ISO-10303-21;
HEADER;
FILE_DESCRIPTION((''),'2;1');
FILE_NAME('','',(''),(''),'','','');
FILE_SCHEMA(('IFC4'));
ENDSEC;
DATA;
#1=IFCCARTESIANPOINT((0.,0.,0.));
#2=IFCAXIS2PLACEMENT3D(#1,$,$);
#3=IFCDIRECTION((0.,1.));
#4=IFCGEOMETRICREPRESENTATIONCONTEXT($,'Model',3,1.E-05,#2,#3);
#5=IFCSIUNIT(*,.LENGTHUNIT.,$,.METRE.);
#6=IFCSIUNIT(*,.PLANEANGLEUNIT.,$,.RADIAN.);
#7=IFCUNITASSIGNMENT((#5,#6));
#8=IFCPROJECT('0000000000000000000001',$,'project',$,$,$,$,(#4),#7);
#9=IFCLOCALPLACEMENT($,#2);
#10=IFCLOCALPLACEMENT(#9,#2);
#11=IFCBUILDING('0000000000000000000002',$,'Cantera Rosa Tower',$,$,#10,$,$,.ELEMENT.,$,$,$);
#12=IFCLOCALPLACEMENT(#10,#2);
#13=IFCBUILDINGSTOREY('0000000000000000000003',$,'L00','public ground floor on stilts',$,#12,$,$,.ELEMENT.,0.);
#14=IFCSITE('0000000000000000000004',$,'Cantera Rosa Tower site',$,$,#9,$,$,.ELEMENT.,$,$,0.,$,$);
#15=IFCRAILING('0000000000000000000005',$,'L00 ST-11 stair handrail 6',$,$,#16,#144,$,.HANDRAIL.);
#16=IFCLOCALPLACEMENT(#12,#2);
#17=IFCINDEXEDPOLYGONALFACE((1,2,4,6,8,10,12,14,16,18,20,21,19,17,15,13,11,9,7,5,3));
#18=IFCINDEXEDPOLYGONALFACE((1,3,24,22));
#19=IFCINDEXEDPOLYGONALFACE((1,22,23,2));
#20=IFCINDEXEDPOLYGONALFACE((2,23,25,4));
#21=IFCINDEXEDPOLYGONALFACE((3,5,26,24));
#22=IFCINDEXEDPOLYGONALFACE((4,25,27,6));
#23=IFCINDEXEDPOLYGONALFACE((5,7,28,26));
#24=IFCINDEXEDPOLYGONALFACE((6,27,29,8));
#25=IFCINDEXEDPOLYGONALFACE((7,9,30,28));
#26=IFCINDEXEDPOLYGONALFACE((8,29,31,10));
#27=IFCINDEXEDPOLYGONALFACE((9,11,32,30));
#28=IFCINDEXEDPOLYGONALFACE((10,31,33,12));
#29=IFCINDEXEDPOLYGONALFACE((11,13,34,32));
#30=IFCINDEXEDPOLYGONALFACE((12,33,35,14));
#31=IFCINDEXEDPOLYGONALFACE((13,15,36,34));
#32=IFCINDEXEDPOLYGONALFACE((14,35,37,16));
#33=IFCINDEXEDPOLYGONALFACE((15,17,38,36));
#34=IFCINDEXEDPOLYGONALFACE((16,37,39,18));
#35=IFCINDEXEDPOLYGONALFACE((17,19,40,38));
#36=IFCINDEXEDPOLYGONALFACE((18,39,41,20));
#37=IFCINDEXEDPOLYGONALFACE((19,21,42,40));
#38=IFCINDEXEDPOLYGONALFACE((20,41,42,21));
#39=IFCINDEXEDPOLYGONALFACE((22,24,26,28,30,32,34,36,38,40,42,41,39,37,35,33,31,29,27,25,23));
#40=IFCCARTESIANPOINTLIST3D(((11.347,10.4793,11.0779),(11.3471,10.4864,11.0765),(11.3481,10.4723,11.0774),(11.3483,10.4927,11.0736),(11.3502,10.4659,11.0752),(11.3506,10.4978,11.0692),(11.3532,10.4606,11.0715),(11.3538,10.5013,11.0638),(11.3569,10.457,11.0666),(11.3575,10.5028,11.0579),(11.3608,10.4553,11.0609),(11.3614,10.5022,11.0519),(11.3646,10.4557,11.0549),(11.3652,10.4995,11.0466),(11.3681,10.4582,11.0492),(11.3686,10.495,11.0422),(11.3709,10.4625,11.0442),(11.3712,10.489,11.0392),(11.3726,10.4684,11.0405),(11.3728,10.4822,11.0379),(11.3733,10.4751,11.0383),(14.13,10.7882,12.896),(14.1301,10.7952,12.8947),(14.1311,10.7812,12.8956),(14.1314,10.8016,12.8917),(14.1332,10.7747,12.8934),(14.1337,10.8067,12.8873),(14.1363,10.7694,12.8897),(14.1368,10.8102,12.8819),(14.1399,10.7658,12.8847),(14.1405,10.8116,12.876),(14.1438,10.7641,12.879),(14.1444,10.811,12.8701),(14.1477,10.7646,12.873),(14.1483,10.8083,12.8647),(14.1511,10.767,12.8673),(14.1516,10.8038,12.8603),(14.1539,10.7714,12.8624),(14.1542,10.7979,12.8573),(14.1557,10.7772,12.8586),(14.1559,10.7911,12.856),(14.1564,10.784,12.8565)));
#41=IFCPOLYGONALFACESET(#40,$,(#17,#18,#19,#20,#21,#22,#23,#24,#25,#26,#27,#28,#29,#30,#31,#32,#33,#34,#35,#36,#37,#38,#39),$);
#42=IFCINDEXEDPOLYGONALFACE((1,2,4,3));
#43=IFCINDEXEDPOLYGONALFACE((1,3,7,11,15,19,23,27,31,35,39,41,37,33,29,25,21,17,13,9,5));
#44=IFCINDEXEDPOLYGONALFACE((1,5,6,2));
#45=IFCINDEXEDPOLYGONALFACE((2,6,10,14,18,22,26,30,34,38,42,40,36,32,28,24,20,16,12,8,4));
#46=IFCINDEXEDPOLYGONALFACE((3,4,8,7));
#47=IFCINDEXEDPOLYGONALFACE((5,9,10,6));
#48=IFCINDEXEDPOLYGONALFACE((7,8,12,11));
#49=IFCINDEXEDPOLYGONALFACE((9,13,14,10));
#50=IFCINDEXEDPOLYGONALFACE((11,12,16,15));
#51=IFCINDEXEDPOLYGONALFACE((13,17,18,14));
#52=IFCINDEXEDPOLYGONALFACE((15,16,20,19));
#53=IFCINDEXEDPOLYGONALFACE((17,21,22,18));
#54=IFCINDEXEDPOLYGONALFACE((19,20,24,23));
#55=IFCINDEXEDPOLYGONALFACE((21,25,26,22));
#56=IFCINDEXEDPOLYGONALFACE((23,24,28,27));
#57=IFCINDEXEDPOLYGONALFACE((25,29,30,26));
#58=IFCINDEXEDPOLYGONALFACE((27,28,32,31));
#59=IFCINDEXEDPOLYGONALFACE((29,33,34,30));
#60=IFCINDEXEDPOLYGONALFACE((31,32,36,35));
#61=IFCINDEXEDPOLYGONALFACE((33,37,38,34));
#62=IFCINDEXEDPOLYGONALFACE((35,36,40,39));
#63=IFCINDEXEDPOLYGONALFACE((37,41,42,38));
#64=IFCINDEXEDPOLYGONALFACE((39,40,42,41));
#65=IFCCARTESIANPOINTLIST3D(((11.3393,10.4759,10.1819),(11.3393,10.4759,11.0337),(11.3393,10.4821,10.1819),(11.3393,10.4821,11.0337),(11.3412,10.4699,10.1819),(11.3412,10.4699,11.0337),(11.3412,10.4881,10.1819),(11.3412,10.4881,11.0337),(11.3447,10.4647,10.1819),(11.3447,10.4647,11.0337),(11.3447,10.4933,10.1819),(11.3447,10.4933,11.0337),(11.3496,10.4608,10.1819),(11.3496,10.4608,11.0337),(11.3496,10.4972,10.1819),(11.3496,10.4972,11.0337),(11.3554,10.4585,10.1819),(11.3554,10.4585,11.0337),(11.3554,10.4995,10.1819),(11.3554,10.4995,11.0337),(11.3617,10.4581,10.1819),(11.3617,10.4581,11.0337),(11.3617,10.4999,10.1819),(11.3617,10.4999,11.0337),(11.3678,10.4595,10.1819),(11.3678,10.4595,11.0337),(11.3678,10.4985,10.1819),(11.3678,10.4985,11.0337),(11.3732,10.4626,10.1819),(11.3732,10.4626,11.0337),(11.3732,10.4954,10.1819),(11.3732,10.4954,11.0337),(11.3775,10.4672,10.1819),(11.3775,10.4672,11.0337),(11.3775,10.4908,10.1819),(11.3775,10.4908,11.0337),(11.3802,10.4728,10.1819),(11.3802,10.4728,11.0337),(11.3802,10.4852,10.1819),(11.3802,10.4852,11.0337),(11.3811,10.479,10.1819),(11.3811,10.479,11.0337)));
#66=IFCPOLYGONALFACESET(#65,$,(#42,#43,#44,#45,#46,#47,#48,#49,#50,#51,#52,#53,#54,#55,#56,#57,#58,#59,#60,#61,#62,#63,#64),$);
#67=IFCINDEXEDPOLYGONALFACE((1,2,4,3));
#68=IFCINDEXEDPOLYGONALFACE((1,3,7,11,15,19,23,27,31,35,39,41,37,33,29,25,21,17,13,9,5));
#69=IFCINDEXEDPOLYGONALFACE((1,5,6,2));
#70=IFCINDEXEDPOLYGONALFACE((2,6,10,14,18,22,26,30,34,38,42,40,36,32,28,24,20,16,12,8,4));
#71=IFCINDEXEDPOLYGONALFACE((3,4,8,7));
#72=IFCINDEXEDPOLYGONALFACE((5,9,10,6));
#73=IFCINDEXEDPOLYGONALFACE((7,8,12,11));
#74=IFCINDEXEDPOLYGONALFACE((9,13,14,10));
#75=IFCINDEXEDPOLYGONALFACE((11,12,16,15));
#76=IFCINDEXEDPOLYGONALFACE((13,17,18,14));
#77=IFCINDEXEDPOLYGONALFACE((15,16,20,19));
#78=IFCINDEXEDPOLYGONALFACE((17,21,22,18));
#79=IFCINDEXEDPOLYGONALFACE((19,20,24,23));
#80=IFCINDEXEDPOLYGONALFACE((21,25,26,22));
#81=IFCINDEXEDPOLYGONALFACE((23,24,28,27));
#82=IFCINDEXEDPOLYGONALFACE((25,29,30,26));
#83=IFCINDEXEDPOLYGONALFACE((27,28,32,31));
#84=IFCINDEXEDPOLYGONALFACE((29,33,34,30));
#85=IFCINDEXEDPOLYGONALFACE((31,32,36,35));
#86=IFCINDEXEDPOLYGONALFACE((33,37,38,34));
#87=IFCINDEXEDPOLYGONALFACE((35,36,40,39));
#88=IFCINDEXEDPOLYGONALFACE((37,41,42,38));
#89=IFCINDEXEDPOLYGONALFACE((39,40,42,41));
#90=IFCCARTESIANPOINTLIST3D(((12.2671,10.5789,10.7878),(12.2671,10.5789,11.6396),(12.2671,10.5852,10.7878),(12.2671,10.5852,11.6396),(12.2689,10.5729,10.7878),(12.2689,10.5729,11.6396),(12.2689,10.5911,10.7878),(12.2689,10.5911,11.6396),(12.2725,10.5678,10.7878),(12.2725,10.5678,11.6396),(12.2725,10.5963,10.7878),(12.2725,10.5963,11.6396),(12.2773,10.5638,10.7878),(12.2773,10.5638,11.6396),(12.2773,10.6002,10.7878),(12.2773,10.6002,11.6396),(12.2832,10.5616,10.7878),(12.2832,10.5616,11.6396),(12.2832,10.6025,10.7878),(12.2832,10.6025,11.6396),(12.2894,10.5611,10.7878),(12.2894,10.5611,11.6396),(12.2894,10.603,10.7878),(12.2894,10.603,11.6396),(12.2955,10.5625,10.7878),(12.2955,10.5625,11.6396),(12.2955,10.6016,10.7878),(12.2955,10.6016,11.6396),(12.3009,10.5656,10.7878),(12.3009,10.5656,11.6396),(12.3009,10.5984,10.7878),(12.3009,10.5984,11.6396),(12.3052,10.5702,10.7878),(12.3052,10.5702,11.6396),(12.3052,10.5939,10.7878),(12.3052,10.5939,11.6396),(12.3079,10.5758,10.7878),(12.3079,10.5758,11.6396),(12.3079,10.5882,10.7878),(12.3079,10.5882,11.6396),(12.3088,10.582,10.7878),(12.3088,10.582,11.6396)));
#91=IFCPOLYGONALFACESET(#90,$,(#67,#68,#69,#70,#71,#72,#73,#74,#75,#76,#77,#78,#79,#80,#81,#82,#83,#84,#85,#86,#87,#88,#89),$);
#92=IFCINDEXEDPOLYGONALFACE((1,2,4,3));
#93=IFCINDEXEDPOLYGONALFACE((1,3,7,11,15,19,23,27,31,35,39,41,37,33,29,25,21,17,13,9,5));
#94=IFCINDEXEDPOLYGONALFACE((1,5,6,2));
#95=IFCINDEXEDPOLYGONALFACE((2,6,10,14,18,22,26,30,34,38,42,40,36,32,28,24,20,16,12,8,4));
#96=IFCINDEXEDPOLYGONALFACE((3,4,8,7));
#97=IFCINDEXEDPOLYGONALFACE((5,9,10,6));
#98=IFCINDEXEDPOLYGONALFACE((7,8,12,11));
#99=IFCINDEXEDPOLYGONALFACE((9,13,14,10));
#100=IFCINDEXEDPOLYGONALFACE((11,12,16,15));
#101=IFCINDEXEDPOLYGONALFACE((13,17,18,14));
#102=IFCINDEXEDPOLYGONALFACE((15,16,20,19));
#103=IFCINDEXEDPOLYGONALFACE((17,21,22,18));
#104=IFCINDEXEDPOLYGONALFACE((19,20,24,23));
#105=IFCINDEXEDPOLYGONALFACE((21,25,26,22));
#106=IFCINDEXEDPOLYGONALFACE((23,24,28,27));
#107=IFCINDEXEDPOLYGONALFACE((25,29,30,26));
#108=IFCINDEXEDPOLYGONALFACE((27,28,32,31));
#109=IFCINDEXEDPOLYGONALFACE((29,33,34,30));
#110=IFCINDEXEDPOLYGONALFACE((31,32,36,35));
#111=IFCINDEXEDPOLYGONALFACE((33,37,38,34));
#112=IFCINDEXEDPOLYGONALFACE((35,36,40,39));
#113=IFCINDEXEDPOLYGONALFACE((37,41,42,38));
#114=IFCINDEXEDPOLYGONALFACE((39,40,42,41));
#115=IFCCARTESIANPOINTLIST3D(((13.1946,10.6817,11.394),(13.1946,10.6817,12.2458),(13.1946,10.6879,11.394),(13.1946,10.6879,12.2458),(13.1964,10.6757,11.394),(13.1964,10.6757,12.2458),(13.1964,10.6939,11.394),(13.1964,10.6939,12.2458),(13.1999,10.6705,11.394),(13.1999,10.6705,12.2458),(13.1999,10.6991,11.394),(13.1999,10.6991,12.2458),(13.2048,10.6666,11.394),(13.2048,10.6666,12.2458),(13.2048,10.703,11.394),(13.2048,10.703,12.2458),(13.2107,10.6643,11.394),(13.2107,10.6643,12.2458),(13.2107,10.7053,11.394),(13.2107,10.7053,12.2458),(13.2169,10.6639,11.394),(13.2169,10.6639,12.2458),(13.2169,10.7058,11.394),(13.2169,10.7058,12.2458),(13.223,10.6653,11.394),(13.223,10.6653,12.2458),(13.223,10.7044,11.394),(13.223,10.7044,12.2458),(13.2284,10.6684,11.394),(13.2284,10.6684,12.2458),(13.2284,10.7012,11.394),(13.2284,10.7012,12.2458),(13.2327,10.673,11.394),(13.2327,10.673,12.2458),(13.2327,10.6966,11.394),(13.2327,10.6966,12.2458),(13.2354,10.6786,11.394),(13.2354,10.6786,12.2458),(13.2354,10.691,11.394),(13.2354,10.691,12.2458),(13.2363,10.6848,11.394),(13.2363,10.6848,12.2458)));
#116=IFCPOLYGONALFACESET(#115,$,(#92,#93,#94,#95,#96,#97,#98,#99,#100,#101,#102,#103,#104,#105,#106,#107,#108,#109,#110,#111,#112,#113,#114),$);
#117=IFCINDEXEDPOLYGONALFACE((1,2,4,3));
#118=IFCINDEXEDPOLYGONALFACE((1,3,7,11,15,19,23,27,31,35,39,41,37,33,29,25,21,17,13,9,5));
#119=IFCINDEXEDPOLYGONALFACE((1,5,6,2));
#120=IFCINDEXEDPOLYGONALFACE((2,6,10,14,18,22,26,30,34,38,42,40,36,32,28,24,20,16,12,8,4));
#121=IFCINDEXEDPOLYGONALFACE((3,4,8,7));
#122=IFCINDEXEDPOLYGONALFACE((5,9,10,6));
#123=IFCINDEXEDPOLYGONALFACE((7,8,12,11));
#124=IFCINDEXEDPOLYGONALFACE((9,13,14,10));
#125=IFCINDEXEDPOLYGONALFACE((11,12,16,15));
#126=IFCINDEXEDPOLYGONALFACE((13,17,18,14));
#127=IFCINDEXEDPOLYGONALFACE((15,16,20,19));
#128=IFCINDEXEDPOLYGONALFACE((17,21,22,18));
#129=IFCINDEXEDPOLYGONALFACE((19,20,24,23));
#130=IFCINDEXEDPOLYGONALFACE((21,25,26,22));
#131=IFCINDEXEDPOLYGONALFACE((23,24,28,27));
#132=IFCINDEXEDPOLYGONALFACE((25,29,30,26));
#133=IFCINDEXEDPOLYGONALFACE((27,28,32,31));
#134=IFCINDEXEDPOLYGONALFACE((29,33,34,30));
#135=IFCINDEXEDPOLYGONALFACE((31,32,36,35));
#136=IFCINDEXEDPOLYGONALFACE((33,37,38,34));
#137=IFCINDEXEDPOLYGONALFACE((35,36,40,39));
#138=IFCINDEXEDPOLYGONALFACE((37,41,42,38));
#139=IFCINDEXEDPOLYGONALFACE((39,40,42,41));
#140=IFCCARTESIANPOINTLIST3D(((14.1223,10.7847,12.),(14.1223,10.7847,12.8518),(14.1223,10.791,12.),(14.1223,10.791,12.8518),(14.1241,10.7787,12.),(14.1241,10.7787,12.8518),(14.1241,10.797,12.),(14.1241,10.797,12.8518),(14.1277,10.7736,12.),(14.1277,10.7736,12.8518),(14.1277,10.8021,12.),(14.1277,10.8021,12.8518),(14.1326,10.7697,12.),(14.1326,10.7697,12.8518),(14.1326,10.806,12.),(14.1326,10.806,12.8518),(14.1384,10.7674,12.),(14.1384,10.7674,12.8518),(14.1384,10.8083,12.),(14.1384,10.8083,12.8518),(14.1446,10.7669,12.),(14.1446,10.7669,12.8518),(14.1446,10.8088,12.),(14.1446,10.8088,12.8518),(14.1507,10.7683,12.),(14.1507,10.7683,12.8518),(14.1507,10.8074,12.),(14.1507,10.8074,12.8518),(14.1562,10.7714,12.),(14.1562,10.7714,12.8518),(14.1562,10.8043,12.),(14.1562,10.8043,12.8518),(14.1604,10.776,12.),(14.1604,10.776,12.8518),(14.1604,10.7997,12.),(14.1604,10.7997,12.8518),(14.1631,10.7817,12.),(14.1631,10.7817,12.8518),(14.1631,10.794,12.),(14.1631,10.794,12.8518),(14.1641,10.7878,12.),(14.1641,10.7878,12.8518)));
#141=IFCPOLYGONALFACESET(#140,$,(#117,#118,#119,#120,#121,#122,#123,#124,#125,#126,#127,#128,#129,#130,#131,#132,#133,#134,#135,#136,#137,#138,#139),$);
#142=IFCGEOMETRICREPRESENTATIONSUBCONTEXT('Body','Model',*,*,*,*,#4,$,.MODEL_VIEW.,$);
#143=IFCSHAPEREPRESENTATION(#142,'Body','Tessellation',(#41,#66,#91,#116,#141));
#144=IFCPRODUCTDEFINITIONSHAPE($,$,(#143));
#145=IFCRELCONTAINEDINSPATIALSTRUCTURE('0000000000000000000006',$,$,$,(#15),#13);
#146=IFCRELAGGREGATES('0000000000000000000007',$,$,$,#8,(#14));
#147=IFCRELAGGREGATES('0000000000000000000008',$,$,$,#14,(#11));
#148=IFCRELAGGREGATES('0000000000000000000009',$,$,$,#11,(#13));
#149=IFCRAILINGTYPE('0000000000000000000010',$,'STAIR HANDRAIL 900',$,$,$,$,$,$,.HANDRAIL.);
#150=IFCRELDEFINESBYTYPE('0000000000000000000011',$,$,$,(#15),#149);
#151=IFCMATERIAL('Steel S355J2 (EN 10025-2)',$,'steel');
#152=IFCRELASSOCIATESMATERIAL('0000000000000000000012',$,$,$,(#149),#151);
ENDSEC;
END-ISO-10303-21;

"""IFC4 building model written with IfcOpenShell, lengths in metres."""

from ifc_helpers import new_model, si_unit, direction, frame, origin, origin_2d, place, context, subcontext, project, spatial, circle, extrude, material, type_object, element, save


model = new_model("IFC4")

# Units and contexts
model_context = context("Model", 3, precision=1e-05, world=origin(), true_north=direction((0.0, 1.0)))
body_context = subcontext(model_context, "Body", "Model", "MODEL_VIEW")
ifc_project = project(units=[si_unit("LENGTHUNIT", "METRE"), si_unit("PLANEANGLEUNIT", "RADIAN")], contexts=[model_context])

# Site, building, storey
site_placement = place(None, origin())
site = spatial("IfcSite", under=ifc_project, at=site_placement, Name="Cantera Rosa Tower site", CompositionType="ELEMENT", RefElevation=0.0)
building_placement = place(site_placement, origin())
building = spatial("IfcBuilding", under=site, at=building_placement, Name="Cantera Rosa Tower", CompositionType="ELEMENT")
storey_placement = place(building_placement, origin())
storey = spatial("IfcBuildingStorey", under=building, at=storey_placement, Name="L00", Description="public ground floor on stilts", CompositionType="ELEMENT", Elevation=0.0)

# Railing
ifc_material_1 = material(Name="Steel S355J2 (EN 10025-2)", Category="steel")
railing_type_1 = type_object("IfcRailingType", Name="STAIR HANDRAIL 900", PredefinedType="HANDRAIL", material=ifc_material_1)
for number, where, name in (
    (1, (11.3601, 10.479, 10.1819), "L00 ST-11 stair handrail 6"),
):
    element("IfcRailing", number, at=place(storey_placement, frame(where)), inside=storey, type_object=railing_type_1, Name=name, PredefinedType="HANDRAIL", context=body_context, shape_type="SweptSolid", body=[
        extrude(circle(Radius=0.0239, at=origin_2d()), frame((0.0, 0.0, 0.876), z_axis=(0.833588, 0.092507, 0.544586), x_axis=(-0.110298, 0.993899, 0.0)), (0.0, 0.0, 1.0), 3.3386),
        extrude(circle(Radius=0.021, at=origin_2d()), origin(), (0.0, 0.0, 1.0), 0.8518),
        extrude(circle(Radius=0.021, at=origin_2d()), frame((0.9277, 0.103, 0.606)), (0.0, 0.0, 1.0), 0.8518),
        extrude(circle(Radius=0.021, at=origin_2d()), frame((1.8552, 0.2058, 1.2122)), (0.0, 0.0, 1.0), 0.8518),
        extrude(circle(Radius=0.021, at=origin_2d()), frame((2.783, 0.3088, 1.8181)), (0.0, 0.0, 1.0), 0.8518),
    ])

save(model, "model.ifc")
